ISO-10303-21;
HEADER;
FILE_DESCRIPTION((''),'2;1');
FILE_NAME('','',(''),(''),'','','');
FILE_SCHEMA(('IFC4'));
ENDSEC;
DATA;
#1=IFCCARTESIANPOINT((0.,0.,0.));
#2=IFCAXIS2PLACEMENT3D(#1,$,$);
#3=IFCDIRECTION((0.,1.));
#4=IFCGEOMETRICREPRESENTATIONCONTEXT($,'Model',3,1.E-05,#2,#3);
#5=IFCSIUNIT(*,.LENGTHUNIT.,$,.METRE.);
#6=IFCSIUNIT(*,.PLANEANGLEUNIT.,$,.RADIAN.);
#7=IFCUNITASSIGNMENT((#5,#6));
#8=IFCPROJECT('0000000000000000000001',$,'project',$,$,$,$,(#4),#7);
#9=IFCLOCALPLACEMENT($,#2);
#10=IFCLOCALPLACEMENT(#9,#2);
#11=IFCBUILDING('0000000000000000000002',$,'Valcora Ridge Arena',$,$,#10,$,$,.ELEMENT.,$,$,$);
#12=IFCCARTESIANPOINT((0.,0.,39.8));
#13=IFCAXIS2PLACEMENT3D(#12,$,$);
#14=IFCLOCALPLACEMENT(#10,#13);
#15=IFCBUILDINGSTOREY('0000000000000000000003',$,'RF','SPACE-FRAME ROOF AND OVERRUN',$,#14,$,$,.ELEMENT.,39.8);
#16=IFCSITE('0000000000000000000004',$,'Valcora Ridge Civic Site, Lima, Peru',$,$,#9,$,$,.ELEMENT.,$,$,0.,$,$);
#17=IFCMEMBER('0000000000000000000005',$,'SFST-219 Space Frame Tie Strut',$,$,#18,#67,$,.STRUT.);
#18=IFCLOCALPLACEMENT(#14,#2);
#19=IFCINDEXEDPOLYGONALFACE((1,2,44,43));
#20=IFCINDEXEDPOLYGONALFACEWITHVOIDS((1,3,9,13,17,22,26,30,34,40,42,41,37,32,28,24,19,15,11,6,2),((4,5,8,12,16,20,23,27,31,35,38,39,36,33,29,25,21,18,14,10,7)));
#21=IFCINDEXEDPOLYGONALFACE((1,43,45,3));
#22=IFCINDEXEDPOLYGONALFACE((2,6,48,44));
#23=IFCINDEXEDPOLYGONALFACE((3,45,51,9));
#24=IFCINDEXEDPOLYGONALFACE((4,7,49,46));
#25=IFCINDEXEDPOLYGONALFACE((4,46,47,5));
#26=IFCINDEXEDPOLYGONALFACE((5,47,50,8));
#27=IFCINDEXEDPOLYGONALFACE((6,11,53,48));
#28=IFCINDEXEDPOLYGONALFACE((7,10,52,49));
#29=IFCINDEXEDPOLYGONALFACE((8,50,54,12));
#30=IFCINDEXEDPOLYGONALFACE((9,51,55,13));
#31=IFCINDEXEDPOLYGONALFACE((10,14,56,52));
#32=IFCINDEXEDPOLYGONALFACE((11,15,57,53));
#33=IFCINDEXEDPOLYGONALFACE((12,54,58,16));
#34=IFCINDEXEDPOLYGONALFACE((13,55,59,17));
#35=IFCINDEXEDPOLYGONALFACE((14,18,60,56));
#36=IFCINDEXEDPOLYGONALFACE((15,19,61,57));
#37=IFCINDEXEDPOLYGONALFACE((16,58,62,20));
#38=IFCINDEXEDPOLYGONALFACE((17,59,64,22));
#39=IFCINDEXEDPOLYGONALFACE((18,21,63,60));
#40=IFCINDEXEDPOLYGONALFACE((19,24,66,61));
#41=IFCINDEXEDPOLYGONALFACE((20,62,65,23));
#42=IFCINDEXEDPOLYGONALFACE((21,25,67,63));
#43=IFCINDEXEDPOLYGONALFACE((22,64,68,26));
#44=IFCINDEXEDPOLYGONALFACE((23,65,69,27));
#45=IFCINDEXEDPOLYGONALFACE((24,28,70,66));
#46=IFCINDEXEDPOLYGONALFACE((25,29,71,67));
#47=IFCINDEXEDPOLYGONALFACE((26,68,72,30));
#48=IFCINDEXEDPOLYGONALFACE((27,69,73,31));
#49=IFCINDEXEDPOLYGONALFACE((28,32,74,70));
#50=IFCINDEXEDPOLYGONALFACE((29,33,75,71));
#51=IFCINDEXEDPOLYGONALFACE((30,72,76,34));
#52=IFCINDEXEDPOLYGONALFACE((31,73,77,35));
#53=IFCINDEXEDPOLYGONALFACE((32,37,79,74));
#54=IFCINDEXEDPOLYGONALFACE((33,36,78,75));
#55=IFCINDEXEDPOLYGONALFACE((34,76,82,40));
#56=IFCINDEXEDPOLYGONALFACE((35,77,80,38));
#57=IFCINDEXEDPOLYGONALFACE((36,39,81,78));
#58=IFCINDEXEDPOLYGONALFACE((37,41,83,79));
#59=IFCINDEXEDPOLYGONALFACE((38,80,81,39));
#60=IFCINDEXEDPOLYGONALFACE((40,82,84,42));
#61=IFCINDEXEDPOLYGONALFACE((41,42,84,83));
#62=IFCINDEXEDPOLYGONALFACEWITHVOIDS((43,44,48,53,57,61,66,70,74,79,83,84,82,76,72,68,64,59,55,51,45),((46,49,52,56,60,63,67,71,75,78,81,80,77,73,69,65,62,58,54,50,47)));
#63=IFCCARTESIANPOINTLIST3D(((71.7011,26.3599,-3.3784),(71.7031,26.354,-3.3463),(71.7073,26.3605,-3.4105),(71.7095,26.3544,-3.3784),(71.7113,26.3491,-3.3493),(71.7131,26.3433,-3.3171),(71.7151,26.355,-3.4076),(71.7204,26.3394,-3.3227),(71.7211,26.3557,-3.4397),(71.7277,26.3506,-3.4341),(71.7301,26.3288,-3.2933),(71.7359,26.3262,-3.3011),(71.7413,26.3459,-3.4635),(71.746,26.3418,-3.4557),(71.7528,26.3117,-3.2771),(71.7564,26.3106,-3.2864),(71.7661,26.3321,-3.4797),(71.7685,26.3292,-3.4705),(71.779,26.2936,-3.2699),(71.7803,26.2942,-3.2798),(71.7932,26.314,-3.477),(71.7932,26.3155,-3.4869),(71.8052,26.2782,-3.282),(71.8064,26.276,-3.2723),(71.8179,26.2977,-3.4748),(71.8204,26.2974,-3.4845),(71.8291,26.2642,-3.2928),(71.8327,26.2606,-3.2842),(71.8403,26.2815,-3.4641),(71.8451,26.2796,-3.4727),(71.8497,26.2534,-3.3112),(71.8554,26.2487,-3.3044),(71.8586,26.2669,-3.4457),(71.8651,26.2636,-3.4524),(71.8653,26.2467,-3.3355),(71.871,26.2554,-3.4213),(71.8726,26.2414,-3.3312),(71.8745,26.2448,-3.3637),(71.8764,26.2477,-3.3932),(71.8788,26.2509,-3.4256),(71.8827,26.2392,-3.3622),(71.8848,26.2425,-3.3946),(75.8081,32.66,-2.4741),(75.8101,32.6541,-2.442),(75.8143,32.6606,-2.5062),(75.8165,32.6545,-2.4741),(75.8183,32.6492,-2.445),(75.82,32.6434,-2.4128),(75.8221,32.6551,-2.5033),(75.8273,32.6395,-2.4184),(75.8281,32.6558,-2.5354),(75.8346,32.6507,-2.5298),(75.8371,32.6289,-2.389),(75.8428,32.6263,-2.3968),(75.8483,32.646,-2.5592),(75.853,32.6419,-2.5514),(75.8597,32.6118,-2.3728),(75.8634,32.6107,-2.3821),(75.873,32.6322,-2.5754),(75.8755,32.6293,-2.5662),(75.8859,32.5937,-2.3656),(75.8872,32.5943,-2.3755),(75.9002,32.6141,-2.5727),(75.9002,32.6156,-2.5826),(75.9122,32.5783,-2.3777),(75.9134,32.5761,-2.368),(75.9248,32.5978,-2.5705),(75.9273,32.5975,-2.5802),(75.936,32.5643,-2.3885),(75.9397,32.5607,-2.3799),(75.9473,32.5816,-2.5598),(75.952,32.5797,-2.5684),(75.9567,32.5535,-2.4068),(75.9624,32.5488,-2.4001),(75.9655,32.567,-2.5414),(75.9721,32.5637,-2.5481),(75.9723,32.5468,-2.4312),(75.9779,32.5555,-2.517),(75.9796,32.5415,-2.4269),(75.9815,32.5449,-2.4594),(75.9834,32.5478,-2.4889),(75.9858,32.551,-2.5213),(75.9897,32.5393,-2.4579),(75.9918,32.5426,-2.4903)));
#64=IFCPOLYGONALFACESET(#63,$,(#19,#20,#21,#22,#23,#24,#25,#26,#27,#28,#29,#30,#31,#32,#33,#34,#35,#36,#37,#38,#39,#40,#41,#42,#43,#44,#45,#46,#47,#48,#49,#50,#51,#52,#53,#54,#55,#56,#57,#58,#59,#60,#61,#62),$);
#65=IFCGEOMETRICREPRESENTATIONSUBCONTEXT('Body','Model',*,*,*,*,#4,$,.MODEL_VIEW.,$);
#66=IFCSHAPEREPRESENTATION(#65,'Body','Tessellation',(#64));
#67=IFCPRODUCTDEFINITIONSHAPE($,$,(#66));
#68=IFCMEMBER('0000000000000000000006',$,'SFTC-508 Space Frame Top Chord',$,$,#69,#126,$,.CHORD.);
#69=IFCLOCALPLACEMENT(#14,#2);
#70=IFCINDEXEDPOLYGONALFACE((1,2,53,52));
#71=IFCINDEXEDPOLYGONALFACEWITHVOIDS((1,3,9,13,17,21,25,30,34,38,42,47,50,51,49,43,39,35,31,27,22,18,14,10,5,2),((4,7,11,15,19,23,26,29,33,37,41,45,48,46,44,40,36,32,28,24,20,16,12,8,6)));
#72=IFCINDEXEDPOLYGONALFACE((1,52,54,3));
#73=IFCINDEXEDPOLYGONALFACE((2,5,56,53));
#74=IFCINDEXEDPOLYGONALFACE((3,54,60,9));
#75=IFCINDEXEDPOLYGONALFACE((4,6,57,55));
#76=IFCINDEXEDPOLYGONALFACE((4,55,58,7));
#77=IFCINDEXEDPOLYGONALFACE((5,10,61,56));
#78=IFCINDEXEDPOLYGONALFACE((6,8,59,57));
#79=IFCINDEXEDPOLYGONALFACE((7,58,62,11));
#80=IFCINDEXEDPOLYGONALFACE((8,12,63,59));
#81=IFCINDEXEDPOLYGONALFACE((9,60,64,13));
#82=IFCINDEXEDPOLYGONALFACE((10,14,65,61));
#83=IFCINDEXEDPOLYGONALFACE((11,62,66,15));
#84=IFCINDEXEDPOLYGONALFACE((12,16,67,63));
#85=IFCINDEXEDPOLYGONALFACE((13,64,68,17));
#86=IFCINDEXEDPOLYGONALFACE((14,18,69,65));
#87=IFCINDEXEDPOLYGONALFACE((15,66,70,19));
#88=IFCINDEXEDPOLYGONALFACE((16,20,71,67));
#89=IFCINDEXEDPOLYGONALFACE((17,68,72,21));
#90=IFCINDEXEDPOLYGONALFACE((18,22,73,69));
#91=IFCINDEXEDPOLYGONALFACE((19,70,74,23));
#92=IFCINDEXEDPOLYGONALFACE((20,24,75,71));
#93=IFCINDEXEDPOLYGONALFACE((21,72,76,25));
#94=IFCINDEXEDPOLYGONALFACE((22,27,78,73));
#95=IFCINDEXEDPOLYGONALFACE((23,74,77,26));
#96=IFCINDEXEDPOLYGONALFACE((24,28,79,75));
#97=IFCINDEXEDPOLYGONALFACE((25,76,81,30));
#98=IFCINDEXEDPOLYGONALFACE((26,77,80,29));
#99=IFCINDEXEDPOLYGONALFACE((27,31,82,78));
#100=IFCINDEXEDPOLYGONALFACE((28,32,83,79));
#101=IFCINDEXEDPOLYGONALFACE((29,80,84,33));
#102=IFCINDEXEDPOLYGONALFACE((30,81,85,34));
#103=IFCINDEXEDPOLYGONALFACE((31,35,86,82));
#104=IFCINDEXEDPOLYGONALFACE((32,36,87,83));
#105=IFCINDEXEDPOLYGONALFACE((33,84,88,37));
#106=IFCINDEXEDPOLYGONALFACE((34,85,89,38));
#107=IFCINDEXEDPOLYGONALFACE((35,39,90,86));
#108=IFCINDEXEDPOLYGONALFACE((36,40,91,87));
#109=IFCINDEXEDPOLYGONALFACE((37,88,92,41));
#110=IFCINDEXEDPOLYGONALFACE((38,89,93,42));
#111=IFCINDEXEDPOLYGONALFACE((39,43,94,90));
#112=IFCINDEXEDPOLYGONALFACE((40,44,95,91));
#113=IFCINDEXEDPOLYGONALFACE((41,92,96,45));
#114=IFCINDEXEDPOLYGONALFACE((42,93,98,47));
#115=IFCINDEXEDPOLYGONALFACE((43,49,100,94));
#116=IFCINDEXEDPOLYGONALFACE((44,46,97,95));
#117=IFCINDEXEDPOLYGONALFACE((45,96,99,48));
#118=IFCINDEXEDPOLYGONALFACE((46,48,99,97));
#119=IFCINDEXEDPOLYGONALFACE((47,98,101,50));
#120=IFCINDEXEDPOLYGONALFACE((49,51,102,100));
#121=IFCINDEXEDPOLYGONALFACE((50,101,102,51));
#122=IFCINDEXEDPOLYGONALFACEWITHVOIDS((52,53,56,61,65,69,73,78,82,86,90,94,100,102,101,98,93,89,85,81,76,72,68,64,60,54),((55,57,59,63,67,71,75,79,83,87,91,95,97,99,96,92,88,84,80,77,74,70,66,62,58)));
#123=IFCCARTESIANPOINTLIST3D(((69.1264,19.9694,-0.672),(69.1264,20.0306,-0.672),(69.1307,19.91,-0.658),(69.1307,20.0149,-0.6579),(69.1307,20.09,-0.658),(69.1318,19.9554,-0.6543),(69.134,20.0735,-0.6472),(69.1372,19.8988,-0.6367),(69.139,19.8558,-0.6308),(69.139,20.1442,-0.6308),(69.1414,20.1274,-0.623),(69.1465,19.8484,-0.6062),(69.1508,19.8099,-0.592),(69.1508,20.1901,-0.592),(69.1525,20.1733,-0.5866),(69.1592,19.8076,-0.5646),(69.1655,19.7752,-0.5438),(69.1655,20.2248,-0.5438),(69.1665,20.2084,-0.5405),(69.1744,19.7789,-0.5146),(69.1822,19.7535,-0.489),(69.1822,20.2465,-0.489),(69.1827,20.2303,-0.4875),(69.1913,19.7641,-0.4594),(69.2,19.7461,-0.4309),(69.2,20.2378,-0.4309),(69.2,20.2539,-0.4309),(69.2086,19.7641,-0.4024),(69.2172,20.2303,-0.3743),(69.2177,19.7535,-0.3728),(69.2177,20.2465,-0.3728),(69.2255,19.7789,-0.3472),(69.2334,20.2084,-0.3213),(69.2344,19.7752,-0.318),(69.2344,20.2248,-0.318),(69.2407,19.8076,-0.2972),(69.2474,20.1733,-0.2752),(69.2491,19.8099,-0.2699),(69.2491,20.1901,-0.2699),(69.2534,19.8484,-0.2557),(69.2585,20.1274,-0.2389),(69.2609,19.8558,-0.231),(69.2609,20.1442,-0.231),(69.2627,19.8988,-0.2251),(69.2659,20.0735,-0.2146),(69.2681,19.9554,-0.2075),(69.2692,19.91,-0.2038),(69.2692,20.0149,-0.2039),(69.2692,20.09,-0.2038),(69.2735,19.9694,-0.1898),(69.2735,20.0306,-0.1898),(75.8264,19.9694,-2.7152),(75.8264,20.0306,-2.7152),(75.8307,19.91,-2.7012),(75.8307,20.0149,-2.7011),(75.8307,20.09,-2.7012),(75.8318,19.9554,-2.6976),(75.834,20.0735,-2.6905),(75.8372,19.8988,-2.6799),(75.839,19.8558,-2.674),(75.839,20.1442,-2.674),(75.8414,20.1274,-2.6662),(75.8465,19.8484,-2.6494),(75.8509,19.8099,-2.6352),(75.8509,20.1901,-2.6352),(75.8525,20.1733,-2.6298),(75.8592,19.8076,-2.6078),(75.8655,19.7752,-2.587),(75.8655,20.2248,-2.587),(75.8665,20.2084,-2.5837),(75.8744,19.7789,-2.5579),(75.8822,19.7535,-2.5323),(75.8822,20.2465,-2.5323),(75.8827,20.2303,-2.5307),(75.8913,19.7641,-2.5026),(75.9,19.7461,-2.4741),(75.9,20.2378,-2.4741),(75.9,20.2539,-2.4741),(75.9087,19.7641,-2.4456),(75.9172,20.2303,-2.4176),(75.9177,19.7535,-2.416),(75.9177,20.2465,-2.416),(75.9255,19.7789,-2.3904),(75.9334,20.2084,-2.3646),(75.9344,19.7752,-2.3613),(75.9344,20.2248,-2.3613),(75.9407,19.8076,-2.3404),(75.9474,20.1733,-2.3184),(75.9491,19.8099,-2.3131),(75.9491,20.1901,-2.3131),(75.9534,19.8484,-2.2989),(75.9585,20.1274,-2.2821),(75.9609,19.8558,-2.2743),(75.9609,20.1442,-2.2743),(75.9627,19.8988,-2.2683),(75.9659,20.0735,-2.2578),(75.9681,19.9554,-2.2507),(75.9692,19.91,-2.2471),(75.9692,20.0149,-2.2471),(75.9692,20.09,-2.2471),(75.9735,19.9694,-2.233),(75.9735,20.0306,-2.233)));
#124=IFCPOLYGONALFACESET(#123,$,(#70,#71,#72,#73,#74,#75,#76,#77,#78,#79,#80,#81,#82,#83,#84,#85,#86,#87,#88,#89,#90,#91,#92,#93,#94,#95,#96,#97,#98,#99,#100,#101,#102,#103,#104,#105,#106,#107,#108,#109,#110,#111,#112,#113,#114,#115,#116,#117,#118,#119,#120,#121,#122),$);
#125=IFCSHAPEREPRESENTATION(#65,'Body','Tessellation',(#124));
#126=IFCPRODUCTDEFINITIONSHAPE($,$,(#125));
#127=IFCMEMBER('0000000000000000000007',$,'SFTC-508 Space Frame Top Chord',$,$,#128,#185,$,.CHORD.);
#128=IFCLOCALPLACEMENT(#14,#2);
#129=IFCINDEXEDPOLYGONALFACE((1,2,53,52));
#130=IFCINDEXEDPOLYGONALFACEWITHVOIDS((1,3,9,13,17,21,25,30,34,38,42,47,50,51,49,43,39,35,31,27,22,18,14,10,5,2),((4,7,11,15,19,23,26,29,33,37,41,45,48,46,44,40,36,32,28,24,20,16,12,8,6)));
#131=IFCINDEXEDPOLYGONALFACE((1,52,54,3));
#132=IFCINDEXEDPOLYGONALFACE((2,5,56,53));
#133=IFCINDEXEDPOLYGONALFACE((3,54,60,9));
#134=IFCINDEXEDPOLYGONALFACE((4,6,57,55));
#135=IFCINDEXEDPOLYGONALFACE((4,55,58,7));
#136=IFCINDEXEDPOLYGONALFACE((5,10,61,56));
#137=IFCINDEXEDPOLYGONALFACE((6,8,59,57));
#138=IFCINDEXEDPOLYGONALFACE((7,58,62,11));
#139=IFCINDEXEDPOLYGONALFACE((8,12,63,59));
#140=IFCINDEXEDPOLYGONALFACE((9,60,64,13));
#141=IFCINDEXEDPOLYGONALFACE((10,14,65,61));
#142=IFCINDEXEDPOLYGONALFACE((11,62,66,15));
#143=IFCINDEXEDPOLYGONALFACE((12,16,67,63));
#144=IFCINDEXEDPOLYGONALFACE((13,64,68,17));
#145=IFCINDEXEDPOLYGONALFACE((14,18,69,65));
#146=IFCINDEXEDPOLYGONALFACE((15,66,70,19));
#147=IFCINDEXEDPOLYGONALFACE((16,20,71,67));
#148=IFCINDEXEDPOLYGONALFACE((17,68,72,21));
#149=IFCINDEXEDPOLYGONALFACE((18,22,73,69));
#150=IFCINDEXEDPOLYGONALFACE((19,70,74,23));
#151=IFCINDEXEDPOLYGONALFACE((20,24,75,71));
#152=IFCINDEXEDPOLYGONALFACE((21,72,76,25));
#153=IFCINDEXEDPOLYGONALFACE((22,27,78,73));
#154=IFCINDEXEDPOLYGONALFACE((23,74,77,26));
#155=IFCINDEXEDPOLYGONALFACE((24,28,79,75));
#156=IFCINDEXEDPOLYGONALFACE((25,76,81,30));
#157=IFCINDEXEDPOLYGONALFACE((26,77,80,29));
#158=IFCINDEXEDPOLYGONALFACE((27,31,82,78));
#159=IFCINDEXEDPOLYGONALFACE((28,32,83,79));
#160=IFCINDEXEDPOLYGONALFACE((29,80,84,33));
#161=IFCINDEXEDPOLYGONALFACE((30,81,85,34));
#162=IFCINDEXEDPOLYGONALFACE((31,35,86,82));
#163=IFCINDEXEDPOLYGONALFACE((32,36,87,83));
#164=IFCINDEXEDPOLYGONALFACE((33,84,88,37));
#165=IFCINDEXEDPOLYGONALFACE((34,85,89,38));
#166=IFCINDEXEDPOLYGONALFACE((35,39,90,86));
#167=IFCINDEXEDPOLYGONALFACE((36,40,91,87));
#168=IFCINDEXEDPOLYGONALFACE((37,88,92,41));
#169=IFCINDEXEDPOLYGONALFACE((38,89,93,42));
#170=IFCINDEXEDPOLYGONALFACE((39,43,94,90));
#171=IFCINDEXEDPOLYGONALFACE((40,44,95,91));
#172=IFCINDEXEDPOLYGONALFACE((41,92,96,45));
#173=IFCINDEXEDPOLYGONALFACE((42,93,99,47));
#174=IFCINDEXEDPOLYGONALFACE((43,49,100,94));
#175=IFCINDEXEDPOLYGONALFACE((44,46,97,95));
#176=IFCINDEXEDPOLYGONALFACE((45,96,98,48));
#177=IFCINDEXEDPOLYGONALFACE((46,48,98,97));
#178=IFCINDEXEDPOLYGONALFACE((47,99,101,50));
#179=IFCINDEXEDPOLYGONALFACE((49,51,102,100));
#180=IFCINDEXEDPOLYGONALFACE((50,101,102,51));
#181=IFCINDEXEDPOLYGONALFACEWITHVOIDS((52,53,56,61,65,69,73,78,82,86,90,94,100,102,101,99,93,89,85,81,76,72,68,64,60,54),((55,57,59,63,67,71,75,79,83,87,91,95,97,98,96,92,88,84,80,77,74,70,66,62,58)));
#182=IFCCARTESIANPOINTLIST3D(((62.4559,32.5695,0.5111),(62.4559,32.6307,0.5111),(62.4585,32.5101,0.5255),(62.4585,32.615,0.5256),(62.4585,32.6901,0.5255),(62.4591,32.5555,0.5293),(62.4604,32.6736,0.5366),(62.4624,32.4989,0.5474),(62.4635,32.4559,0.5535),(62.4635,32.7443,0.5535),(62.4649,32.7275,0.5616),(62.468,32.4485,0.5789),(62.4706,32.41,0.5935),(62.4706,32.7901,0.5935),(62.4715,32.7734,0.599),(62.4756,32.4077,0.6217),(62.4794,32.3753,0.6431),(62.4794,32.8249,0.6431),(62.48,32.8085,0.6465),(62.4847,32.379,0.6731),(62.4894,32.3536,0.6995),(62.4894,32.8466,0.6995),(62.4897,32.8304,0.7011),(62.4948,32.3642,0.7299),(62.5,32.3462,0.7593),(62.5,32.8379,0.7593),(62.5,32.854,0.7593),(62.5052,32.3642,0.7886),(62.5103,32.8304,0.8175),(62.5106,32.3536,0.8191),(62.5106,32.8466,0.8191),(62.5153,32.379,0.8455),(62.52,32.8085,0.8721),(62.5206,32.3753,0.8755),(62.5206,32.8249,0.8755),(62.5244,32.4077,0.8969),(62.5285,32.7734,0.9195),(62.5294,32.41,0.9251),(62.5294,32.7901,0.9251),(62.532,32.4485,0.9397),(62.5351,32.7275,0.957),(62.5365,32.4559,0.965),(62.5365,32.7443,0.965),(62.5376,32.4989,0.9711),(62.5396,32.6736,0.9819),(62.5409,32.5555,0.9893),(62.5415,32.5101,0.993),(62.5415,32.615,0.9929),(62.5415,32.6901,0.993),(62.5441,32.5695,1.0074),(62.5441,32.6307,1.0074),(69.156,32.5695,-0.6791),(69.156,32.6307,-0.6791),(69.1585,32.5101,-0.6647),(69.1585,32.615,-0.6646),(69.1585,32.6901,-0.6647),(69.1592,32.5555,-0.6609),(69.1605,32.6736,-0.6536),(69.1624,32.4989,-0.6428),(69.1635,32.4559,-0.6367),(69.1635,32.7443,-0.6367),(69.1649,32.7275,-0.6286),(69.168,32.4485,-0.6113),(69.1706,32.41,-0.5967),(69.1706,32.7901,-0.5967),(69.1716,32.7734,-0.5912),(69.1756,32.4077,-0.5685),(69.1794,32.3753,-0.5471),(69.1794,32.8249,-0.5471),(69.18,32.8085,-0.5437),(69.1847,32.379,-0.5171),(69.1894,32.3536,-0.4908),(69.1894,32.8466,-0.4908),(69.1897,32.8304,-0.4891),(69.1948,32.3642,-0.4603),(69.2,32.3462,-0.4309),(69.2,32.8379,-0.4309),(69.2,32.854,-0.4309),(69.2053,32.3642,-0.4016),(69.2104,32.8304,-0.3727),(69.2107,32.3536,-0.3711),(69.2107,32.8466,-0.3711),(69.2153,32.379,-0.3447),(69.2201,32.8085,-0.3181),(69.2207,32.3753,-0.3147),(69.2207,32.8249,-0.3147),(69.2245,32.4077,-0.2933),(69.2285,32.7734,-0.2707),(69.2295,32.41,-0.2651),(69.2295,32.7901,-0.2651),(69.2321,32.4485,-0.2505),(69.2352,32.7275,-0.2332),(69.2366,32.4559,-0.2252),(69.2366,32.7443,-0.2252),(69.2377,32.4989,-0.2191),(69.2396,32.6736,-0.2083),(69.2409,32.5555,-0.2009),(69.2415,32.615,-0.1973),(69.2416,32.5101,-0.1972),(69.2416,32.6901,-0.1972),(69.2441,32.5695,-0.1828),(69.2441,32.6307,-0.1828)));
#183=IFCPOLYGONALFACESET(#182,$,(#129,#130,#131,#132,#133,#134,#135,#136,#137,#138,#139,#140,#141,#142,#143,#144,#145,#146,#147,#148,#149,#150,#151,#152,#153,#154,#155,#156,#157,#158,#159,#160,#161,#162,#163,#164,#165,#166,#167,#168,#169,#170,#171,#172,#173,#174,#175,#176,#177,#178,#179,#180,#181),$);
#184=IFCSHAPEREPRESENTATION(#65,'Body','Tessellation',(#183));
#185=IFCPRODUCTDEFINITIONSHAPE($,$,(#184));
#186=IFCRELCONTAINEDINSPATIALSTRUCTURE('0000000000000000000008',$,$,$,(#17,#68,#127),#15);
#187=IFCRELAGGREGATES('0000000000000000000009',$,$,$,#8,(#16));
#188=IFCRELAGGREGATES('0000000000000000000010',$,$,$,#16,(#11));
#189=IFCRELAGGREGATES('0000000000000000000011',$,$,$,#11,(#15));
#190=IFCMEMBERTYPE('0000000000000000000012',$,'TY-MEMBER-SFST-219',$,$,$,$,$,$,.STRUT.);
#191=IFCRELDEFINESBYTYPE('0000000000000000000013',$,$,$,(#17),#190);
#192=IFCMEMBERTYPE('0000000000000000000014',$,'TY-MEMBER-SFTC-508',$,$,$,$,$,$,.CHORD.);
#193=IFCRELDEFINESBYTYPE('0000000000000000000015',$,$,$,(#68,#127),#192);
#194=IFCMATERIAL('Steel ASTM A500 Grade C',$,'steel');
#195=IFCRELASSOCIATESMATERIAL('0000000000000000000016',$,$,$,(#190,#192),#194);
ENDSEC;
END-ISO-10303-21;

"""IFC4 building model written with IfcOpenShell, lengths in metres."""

from ifc_helpers import new_model, si_unit, direction, frame, origin, origin_2d, place, context, subcontext, project, spatial, hollow_circle, extrude, material, material_profile, profile_set, type_object, element, save


model = new_model("IFC4")

# Units and contexts
model_context = context("Model", 3, precision=1e-05, world=origin(), true_north=direction((0.0, 1.0)))
body_context = subcontext(model_context, "Body", "Model", "MODEL_VIEW")
ifc_project = project(units=[si_unit("LENGTHUNIT", "METRE"), si_unit("PLANEANGLEUNIT", "RADIAN")], contexts=[model_context])

# Site, building, storey
site_placement = place(None, origin())
site = spatial("IfcSite", under=ifc_project, at=site_placement, Name="Valcora Ridge Civic Site, Lima, Peru", CompositionType="ELEMENT", RefElevation=0.0)
building_placement = place(site_placement, origin())
building = spatial("IfcBuilding", under=site, at=building_placement, Name="Valcora Ridge Arena", CompositionType="ELEMENT")
storey_placement = place(building_placement, frame((0.0, 0.0, 39.8)))
storey = spatial("IfcBuildingStorey", under=building, at=storey_placement, Name="RF", Description="SPACE-FRAME ROOF AND OVERRUN", CompositionType="ELEMENT", Elevation=39.8)

# Members
ifc_material_1 = material(Name="Steel ASTM A500 Grade C", Category="steel")
ifc_material_profile_1 = material_profile(ifc_material_1, hollow_circle(Radius=0.1096, WallThickness=0.01, at=origin_2d()), Name="CHS219X10")
ifc_profile_set_1 = profile_set([ifc_material_profile_1], Name="Steel ASTM A500 Grade C")
member_type_1 = type_object("IfcMemberType", Name="TY-MEMBER-SFST-219", PredefinedType="STRUT", material=ifc_profile_set_1)
member_1_placement = place(storey_placement, frame((71.793, 26.3, -3.3784), z_axis=(0.542195, 0.831728, 0.119385), x_axis=(-0.83772, 0.5461, 0.0)))
element("IfcMember", 1, at=member_1_placement, inside=storey, type_object=member_type_1, Name="SFST-219 Space Frame Tie Strut", PredefinedType="STRUT", context=body_context, shape_type="SweptSolid", body=[
    extrude(hollow_circle(Radius=0.1096, WallThickness=0.01, at=origin_2d()), origin(), (0.0, 0.0, 1.0), 7.5747),
])
ifc_material_profile_2 = material_profile(ifc_material_1, hollow_circle(Radius=0.2539, WallThickness=0.0161, at=origin_2d()), Name="CHS508X16")
ifc_profile_set_2 = profile_set([ifc_material_profile_2], Name="Steel ASTM A500 Grade C")
member_type_2 = type_object("IfcMemberType", Name="TY-MEMBER-SFTC-508", PredefinedType="CHORD", material=ifc_profile_set_2)
member_2_placement = place(storey_placement, frame((69.2, 20.0, -0.4309), z_axis=(0.956511, 0.0, -0.291697), x_axis=(0.0, 1.0, 0.0)))
element("IfcMember", 2, at=member_2_placement, inside=storey, type_object=member_type_2, Name="SFTC-508 Space Frame Top Chord", PredefinedType="CHORD", context=body_context, shape_type="SweptSolid", body=[
    extrude(hollow_circle(Radius=0.2539, WallThickness=0.0161, at=origin_2d()), origin(), (0.0, 0.0, 1.0), 7.0046),
])
member_3_placement = place(storey_placement, frame((62.5, 32.6001, 0.7593), z_axis=(0.984586, 0.0, -0.174903), x_axis=(0.0, 1.0, 0.0)))
element("IfcMember", 3, at=member_3_placement, inside=storey, type_object=member_type_2, Name="SFTC-508 Space Frame Top Chord", PredefinedType="CHORD", context=body_context, shape_type="SweptSolid", body=[
    extrude(hollow_circle(Radius=0.2539, WallThickness=0.0161, at=origin_2d()), origin(), (0.0, 0.0, 1.0), 6.8049),
])

save(model, "model.ifc")
